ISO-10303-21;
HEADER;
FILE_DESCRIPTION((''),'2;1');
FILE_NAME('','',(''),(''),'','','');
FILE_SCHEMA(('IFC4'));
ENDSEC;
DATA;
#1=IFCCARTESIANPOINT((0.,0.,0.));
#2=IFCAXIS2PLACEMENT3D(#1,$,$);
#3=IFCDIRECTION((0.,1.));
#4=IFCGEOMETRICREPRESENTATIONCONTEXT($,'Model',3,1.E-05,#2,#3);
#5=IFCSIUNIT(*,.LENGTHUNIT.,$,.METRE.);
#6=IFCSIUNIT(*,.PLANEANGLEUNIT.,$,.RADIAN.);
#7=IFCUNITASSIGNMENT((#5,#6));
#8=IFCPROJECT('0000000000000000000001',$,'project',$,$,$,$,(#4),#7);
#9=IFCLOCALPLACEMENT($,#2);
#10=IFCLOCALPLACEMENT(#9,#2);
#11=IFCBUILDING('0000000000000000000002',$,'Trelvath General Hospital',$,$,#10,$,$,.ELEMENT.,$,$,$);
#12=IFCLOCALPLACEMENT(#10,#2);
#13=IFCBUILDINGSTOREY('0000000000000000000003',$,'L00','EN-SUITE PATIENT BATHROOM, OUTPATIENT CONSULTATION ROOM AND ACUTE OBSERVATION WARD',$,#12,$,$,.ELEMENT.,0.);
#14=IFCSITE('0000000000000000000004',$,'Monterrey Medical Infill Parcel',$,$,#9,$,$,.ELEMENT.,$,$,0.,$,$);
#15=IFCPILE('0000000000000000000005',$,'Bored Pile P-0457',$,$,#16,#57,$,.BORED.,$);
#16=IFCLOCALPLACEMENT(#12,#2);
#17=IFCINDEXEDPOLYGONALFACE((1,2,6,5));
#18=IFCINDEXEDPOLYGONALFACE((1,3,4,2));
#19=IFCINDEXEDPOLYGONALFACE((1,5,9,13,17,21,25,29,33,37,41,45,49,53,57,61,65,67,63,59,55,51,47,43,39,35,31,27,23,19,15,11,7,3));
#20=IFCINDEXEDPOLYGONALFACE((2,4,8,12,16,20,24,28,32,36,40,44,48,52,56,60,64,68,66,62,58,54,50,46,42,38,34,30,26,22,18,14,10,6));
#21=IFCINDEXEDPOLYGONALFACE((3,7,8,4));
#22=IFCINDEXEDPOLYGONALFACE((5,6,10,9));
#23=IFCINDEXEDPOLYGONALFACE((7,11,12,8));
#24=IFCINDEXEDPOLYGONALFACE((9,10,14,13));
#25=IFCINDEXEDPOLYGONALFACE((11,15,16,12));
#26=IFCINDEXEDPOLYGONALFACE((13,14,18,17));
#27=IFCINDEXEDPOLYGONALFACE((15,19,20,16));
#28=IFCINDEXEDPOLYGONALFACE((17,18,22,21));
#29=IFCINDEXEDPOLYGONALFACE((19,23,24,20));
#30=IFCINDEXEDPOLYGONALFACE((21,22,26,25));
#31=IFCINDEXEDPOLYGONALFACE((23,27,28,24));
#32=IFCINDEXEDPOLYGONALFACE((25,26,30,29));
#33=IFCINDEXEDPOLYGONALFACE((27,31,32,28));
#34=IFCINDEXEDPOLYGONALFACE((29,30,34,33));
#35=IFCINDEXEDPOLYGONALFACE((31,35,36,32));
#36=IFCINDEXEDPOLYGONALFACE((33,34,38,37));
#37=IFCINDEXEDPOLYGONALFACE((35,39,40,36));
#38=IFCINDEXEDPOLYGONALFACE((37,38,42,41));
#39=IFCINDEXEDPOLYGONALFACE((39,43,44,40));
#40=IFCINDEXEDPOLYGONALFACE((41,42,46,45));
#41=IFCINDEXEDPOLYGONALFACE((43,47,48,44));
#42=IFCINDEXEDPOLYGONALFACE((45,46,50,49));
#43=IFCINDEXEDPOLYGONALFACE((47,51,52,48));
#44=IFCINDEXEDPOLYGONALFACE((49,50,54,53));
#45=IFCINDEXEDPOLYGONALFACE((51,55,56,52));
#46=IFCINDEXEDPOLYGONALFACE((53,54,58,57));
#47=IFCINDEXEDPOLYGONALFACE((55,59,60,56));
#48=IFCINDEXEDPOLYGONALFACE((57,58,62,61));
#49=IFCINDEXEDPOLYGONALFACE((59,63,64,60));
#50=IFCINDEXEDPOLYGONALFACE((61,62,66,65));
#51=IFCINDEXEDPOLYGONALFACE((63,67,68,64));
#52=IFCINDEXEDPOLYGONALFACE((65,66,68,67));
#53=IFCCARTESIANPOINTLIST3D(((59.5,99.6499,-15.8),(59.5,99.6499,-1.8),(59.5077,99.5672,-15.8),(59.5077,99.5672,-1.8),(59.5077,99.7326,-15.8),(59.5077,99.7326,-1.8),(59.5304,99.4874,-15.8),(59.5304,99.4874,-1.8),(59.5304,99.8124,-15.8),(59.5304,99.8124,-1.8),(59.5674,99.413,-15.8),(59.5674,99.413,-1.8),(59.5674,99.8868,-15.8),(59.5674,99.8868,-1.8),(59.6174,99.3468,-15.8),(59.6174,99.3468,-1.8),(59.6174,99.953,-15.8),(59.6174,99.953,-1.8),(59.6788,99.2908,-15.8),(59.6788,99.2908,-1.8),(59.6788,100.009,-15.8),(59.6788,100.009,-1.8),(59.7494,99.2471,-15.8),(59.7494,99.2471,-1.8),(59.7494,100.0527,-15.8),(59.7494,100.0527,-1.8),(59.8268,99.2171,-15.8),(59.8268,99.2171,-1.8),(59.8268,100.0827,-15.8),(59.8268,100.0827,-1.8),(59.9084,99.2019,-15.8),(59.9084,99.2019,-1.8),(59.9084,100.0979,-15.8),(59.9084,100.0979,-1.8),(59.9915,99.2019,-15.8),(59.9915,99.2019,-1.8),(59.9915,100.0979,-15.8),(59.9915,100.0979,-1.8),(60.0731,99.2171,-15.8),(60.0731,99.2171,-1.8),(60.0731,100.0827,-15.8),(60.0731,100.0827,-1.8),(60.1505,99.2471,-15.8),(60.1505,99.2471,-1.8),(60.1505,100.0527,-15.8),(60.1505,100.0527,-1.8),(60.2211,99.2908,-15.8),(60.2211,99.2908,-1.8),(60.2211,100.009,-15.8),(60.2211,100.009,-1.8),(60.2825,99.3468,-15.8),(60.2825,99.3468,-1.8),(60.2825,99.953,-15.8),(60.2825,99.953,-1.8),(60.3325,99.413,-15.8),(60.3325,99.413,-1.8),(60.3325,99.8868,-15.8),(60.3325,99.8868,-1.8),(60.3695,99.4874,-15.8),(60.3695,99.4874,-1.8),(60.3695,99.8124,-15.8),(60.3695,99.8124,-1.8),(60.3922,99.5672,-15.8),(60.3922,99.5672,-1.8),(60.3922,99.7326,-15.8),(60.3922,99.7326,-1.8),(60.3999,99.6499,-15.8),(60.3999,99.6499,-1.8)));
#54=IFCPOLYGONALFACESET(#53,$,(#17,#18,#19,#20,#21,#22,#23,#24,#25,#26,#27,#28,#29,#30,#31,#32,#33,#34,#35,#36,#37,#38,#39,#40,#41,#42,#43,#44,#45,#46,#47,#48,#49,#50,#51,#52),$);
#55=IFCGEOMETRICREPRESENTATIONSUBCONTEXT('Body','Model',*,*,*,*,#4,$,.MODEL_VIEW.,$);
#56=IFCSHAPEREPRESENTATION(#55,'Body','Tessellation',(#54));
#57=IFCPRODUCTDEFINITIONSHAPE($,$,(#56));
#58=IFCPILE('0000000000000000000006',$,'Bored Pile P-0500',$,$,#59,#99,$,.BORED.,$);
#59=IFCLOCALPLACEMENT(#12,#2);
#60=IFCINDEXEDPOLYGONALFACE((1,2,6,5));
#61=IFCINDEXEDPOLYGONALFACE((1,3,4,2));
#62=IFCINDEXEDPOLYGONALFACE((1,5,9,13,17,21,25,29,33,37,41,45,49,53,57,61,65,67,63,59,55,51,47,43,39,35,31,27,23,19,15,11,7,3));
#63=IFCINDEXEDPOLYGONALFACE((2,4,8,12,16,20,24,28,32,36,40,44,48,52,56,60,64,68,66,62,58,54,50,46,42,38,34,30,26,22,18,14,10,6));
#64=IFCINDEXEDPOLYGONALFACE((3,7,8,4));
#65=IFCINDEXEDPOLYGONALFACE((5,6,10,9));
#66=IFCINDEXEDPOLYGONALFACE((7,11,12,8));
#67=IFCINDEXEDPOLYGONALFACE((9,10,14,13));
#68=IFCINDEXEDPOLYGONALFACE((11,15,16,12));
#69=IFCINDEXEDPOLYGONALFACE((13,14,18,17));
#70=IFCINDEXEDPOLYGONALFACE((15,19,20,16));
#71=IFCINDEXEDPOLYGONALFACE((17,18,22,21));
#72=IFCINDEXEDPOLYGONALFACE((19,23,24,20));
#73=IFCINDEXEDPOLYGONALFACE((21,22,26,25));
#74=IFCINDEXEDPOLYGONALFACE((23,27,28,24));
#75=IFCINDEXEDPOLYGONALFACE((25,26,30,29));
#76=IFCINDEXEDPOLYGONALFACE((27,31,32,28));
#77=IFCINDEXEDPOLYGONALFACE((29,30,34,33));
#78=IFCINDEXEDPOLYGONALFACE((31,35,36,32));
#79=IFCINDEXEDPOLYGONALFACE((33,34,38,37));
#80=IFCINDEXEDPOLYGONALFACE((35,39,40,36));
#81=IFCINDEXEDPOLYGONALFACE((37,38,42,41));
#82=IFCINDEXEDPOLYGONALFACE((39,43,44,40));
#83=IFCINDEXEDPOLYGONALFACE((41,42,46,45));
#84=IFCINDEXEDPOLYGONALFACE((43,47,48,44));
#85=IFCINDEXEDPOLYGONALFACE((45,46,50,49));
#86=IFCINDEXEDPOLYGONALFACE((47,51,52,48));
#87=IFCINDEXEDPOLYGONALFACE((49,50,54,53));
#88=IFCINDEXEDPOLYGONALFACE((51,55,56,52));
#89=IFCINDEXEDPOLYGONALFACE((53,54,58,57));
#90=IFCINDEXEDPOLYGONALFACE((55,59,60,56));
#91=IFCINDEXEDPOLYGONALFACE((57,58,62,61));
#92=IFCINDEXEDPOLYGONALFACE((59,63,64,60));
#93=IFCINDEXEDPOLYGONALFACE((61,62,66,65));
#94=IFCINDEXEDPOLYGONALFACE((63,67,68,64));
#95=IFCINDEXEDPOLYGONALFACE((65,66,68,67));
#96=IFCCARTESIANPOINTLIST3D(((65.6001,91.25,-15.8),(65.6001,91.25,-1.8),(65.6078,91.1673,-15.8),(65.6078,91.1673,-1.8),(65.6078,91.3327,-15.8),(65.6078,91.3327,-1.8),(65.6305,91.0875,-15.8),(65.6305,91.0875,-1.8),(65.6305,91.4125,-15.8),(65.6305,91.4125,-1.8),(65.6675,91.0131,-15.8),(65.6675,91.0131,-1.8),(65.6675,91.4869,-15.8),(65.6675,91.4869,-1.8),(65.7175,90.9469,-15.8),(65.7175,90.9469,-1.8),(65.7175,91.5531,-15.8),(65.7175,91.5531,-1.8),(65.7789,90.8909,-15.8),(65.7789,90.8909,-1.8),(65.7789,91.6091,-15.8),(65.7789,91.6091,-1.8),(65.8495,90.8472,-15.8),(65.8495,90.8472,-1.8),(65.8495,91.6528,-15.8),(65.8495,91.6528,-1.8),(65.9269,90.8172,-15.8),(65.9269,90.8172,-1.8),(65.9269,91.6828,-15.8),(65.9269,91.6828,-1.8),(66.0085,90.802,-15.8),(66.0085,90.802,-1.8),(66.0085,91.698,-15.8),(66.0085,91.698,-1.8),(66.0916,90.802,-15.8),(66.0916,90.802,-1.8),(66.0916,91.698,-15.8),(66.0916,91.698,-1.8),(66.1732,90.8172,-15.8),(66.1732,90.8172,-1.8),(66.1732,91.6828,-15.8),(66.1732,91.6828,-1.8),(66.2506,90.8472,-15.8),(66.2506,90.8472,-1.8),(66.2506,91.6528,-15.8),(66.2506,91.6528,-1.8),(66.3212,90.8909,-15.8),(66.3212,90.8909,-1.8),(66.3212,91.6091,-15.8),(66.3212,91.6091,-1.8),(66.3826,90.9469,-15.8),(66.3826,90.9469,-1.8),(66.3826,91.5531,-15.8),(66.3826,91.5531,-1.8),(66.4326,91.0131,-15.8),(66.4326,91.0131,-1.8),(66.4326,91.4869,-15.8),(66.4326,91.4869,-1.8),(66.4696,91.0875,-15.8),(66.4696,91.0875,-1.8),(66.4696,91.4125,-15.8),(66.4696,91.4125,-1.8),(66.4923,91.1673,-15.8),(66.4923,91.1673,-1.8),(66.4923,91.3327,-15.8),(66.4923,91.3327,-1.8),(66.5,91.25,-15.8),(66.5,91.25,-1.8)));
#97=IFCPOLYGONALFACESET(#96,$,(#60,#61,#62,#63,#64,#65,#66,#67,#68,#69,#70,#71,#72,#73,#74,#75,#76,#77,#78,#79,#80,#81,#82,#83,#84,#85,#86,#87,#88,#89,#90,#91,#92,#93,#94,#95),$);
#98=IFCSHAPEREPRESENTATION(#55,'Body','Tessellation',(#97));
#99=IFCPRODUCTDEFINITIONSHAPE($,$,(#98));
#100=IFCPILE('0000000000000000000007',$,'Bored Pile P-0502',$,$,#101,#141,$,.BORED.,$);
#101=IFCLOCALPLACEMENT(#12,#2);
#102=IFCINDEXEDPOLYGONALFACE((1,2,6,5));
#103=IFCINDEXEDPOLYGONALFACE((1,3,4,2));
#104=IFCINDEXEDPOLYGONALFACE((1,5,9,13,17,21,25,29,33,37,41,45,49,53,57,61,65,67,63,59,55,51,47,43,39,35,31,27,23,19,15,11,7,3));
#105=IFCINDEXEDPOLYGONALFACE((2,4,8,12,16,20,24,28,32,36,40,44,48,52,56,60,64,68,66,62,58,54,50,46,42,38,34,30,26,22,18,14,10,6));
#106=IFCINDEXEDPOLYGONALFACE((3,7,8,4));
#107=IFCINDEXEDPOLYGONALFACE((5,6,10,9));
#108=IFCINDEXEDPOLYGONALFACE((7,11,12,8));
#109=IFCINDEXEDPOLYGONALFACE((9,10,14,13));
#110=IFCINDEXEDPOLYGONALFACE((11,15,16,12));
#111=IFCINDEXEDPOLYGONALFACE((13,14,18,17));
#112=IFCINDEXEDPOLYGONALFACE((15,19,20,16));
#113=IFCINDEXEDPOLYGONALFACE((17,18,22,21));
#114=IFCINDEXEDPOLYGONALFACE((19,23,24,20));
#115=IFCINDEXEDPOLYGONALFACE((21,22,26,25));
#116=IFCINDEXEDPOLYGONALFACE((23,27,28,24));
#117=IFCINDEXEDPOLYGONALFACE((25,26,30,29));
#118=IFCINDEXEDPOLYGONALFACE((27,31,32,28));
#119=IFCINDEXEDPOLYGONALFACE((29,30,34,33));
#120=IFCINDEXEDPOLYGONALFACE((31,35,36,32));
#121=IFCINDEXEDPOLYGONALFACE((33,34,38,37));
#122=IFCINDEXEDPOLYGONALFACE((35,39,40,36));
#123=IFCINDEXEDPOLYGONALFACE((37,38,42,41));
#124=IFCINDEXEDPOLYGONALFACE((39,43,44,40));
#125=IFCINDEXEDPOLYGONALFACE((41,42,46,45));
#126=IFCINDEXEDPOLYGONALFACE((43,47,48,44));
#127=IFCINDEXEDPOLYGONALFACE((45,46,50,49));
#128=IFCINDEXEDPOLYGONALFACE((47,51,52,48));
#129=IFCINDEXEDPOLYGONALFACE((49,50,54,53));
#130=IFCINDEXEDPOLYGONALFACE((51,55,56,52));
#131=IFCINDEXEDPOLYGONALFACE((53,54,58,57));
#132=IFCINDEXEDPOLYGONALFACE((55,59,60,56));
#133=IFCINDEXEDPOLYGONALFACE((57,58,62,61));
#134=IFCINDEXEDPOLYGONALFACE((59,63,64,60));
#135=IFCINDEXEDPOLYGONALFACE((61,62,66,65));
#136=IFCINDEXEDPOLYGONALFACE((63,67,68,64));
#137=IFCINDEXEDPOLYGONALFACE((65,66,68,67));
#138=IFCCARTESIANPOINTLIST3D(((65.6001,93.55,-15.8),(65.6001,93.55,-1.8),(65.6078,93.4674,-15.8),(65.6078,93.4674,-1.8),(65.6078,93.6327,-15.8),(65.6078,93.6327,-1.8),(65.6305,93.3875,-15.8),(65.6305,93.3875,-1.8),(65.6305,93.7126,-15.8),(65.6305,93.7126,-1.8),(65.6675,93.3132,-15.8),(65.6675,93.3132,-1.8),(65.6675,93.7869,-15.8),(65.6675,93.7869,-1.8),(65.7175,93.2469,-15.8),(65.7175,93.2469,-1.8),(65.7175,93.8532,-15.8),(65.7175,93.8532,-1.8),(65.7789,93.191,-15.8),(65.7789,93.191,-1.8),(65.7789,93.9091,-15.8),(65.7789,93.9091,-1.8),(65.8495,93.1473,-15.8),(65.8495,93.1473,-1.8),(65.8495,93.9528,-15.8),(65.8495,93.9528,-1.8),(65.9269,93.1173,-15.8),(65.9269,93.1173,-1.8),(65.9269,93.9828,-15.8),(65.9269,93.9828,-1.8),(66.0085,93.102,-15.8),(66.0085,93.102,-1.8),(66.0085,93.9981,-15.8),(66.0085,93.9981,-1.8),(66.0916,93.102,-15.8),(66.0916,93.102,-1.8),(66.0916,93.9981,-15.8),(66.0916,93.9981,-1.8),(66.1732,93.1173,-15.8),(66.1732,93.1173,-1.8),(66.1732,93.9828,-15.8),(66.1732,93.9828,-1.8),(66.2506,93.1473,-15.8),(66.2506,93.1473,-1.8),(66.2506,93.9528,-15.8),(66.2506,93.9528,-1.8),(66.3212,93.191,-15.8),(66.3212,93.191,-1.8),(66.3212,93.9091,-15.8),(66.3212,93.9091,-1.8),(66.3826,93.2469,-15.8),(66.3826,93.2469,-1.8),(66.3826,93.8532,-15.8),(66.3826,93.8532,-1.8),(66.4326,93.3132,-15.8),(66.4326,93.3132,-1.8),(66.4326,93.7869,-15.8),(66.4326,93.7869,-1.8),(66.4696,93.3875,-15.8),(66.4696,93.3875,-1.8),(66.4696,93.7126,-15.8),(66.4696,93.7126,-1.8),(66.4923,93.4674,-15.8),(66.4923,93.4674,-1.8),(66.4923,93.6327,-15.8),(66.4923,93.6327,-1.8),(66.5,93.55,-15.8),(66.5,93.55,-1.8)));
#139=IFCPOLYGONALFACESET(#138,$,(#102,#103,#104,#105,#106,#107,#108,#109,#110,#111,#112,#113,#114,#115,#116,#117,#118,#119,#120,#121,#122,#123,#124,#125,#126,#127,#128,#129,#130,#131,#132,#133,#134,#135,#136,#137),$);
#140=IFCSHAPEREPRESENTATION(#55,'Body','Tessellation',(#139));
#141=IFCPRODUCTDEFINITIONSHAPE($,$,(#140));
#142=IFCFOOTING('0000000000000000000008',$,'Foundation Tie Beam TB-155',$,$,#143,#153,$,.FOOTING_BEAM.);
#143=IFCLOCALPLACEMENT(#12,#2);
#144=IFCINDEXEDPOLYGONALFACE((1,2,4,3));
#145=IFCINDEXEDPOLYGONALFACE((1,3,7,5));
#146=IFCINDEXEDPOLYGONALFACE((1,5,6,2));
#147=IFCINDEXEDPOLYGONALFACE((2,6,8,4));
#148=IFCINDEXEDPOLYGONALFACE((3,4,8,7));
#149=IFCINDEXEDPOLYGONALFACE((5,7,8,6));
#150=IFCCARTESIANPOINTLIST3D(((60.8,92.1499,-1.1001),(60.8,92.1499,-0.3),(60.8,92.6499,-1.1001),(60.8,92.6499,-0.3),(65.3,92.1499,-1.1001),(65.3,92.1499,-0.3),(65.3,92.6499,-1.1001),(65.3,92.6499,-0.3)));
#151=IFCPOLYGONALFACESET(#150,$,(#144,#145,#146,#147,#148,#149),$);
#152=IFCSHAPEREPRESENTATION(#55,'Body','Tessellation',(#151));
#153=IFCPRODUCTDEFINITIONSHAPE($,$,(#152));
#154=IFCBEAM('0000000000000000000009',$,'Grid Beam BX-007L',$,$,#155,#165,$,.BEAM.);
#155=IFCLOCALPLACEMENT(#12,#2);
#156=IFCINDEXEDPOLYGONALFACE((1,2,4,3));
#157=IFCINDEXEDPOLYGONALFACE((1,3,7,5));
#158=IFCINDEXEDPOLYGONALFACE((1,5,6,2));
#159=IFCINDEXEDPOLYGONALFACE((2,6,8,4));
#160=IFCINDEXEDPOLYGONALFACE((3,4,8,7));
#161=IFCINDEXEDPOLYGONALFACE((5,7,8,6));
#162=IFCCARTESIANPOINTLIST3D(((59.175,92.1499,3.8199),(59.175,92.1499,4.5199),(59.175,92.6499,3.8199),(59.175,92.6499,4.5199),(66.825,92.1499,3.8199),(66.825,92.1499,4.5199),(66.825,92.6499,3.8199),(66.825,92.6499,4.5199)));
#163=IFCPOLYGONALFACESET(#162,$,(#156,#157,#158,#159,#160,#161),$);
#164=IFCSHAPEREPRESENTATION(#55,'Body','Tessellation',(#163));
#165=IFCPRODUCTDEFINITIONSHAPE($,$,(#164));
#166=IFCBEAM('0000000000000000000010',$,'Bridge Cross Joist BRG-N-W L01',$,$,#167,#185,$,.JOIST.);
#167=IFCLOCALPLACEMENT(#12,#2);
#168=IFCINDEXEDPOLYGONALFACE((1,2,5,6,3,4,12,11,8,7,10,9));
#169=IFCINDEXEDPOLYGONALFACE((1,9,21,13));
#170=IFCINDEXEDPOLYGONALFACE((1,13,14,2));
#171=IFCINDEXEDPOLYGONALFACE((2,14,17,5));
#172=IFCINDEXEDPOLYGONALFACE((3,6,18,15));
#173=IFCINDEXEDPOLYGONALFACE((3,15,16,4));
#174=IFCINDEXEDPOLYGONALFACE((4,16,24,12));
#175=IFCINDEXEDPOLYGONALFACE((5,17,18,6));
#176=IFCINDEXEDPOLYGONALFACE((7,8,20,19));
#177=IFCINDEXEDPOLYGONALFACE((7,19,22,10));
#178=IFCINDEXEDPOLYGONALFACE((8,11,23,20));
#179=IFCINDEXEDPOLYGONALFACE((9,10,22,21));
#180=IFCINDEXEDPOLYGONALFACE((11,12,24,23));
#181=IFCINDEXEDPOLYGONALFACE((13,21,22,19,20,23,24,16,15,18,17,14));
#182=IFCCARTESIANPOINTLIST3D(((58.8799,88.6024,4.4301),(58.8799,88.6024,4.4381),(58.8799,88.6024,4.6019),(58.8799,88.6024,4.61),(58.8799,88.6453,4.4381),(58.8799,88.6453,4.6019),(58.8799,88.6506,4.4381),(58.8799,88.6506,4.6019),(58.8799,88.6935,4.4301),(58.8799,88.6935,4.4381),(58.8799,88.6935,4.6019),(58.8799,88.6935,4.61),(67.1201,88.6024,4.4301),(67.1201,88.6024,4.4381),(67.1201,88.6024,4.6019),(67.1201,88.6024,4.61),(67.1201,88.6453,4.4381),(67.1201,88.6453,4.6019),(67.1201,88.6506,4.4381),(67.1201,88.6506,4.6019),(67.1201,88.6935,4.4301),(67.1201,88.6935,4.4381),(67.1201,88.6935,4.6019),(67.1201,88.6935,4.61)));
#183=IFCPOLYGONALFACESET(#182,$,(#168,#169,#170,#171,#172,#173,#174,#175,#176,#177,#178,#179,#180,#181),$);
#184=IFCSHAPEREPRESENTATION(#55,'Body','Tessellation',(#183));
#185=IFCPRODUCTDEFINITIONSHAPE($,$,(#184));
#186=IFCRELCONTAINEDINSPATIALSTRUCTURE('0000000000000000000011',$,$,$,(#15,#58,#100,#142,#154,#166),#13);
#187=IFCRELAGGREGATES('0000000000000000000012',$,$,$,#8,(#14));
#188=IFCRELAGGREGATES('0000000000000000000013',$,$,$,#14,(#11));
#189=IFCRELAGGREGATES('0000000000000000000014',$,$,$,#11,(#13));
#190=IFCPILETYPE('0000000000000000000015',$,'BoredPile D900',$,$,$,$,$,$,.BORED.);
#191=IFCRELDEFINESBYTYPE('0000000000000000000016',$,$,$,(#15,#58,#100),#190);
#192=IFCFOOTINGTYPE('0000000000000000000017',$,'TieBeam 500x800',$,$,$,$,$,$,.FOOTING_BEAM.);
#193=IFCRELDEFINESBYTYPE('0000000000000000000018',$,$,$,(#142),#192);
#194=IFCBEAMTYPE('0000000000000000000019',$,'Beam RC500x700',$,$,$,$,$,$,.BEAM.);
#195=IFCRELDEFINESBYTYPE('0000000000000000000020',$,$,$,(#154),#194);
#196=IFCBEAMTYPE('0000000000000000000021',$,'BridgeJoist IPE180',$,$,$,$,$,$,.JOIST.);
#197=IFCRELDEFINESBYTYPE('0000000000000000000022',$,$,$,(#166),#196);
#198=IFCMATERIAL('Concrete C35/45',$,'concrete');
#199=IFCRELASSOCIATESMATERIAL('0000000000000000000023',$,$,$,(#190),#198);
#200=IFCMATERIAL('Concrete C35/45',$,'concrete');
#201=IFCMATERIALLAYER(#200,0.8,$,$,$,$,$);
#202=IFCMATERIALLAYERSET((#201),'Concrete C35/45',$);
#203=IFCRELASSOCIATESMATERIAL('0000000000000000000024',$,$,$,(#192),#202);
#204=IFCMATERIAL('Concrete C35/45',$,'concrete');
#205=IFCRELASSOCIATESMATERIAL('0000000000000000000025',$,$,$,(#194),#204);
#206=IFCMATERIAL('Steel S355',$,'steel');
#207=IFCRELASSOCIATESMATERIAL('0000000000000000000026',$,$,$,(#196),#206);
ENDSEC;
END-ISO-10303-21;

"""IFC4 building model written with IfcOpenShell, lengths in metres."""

from ifc_helpers import new_model, si_unit, direction, frame, origin, origin_2d, place, context, subcontext, project, spatial, rectangle, circle, i_section, extrude, material, layer, layer_set, material_profile, profile_set, type_object, element, save


model = new_model("IFC4")

# Units and contexts
model_context = context("Model", 3, precision=1e-05, world=origin(), true_north=direction((0.0, 1.0)))
body_context = subcontext(model_context, "Body", "Model", "MODEL_VIEW")
ifc_project = project(units=[si_unit("LENGTHUNIT", "METRE"), si_unit("PLANEANGLEUNIT", "RADIAN")], contexts=[model_context])

# Site, building, storey
site_placement = place(None, origin())
site = spatial("IfcSite", under=ifc_project, at=site_placement, Name="Monterrey Medical Infill Parcel", CompositionType="ELEMENT", RefElevation=0.0)
building_placement = place(site_placement, origin())
building = spatial("IfcBuilding", under=site, at=building_placement, Name="Trelvath General Hospital", CompositionType="ELEMENT")
storey_placement = place(building_placement, origin())
storey = spatial("IfcBuildingStorey", under=building, at=storey_placement, Name="L00", Description="EN-SUITE PATIENT BATHROOM, OUTPATIENT CONSULTATION ROOM AND ACUTE OBSERVATION WARD", CompositionType="ELEMENT", Elevation=0.0)

# Piles
ifc_material_1 = material(Name="Concrete C35/45", Category="concrete")
ifc_material_profile_1 = material_profile(ifc_material_1, circle(Radius=0.45, at=origin_2d()), Name="PILE900")
ifc_profile_set_1 = profile_set([ifc_material_profile_1], Name="Concrete C35/45")
pile_type_1 = type_object("IfcPileType", Name="BoredPile D900", PredefinedType="BORED", material=ifc_profile_set_1)
for number, where, z_axis, x_axis, name in (
    (1, (59.95, 99.6499, -1.8), (0.0, 0.0, -1.0), (1.0, 0.0, 0.0), "Bored Pile P-0457"),
    (2, (66.05, 91.25, -1.8), (0.0, 0.0, -1.0), (1.0, 0.0, 0.0), "Bored Pile P-0500"),
    (3, (66.05, 93.55, -1.8), (0.0, 0.0, -1.0), (1.0, 0.0, 0.0), "Bored Pile P-0502"),
):
    element("IfcPile", number, at=place(storey_placement, frame(where, z_axis=z_axis, x_axis=x_axis)), inside=storey, type_object=pile_type_1, Name=name, PredefinedType="BORED", context=body_context, shape_type="SweptSolid", body=[
        extrude(circle(Radius=0.45, at=origin_2d()), origin(), (0.0, 0.0, 1.0), 14.0),
    ])

# Footing
ifc_material_2 = material(Name="Concrete C35/45", Category="concrete")
ifc_layer_1 = layer(ifc_material_2, 0.8)
ifc_layer_set_1 = layer_set([ifc_layer_1], Name="Concrete C35/45")
footing_type = type_object("IfcFootingType", Name="TieBeam 500x800", PredefinedType="FOOTING_BEAM", material=ifc_layer_set_1)
footing_placement = place(storey_placement, frame((63.05, 92.3999, -1.1001), z_axis=(0.0, 0.0, 1.0), x_axis=(1.0, 0.0, 0.0)))
element("IfcFooting", 4, at=footing_placement, inside=storey, type_object=footing_type, Name="Foundation Tie Beam TB-155", PredefinedType="FOOTING_BEAM", context=body_context, shape_type="SweptSolid", body=[
    extrude(rectangle(XDim=4.5, YDim=0.5, at=origin_2d()), origin(), (0.0, 0.0, 1.0), 0.8),
])

# Beams
ifc_material_3 = material(Name="Concrete C35/45", Category="concrete")
ifc_material_profile_2 = material_profile(ifc_material_3, rectangle(XDim=0.5, YDim=0.7, at=origin_2d()), Name="RCB500x700")
ifc_profile_set_2 = profile_set([ifc_material_profile_2], Name="Concrete C35/45")
beam_type_1 = type_object("IfcBeamType", Name="Beam RC500x700", PredefinedType="BEAM", material=ifc_profile_set_2)
beam_1_placement = place(storey_placement, frame((59.175, 92.3999, 4.1699), z_axis=(1.0, 0.0, 0.0), x_axis=(0.0, 1.0, 0.0)))
element("IfcBeam", 5, at=beam_1_placement, inside=storey, type_object=beam_type_1, Name="Grid Beam BX-007L", PredefinedType="BEAM", context=body_context, shape_type="SweptSolid", body=[
    extrude(rectangle(XDim=0.5, YDim=0.7, at=origin_2d()), origin(), (0.0, 0.0, 1.0), 7.6499),
])
ifc_material_4 = material(Name="Steel S355", Category="steel")
ifc_material_profile_3 = material_profile(ifc_material_4, i_section(OverallWidth=0.0911, OverallDepth=0.1799, WebThickness=0.0054, FlangeThickness=0.0081, at=origin_2d()), Name="IPE180")
ifc_profile_set_3 = profile_set([ifc_material_profile_3], Name="Steel S355")
beam_type_2 = type_object("IfcBeamType", Name="BridgeJoist IPE180", PredefinedType="JOIST", material=ifc_profile_set_3)
for number, where, z_axis, x_axis, name in (
    (6, (58.8799, 88.6479, 4.52), (1.0, 0.0, 0.0), (0.0, 1.0, 0.0), "Bridge Cross Joist BRG-N-W L01"),
):
    element("IfcBeam", number, at=place(storey_placement, frame(where, z_axis=z_axis, x_axis=x_axis)), inside=storey, type_object=beam_type_2, Name=name, PredefinedType="JOIST", context=body_context, shape_type="SweptSolid", body=[
        extrude(i_section(OverallWidth=0.0911, OverallDepth=0.1799, WebThickness=0.0054, FlangeThickness=0.0081, at=origin_2d()), origin(), (0.0, 0.0, 1.0), 8.2402),
    ])

save(model, "model.ifc")
